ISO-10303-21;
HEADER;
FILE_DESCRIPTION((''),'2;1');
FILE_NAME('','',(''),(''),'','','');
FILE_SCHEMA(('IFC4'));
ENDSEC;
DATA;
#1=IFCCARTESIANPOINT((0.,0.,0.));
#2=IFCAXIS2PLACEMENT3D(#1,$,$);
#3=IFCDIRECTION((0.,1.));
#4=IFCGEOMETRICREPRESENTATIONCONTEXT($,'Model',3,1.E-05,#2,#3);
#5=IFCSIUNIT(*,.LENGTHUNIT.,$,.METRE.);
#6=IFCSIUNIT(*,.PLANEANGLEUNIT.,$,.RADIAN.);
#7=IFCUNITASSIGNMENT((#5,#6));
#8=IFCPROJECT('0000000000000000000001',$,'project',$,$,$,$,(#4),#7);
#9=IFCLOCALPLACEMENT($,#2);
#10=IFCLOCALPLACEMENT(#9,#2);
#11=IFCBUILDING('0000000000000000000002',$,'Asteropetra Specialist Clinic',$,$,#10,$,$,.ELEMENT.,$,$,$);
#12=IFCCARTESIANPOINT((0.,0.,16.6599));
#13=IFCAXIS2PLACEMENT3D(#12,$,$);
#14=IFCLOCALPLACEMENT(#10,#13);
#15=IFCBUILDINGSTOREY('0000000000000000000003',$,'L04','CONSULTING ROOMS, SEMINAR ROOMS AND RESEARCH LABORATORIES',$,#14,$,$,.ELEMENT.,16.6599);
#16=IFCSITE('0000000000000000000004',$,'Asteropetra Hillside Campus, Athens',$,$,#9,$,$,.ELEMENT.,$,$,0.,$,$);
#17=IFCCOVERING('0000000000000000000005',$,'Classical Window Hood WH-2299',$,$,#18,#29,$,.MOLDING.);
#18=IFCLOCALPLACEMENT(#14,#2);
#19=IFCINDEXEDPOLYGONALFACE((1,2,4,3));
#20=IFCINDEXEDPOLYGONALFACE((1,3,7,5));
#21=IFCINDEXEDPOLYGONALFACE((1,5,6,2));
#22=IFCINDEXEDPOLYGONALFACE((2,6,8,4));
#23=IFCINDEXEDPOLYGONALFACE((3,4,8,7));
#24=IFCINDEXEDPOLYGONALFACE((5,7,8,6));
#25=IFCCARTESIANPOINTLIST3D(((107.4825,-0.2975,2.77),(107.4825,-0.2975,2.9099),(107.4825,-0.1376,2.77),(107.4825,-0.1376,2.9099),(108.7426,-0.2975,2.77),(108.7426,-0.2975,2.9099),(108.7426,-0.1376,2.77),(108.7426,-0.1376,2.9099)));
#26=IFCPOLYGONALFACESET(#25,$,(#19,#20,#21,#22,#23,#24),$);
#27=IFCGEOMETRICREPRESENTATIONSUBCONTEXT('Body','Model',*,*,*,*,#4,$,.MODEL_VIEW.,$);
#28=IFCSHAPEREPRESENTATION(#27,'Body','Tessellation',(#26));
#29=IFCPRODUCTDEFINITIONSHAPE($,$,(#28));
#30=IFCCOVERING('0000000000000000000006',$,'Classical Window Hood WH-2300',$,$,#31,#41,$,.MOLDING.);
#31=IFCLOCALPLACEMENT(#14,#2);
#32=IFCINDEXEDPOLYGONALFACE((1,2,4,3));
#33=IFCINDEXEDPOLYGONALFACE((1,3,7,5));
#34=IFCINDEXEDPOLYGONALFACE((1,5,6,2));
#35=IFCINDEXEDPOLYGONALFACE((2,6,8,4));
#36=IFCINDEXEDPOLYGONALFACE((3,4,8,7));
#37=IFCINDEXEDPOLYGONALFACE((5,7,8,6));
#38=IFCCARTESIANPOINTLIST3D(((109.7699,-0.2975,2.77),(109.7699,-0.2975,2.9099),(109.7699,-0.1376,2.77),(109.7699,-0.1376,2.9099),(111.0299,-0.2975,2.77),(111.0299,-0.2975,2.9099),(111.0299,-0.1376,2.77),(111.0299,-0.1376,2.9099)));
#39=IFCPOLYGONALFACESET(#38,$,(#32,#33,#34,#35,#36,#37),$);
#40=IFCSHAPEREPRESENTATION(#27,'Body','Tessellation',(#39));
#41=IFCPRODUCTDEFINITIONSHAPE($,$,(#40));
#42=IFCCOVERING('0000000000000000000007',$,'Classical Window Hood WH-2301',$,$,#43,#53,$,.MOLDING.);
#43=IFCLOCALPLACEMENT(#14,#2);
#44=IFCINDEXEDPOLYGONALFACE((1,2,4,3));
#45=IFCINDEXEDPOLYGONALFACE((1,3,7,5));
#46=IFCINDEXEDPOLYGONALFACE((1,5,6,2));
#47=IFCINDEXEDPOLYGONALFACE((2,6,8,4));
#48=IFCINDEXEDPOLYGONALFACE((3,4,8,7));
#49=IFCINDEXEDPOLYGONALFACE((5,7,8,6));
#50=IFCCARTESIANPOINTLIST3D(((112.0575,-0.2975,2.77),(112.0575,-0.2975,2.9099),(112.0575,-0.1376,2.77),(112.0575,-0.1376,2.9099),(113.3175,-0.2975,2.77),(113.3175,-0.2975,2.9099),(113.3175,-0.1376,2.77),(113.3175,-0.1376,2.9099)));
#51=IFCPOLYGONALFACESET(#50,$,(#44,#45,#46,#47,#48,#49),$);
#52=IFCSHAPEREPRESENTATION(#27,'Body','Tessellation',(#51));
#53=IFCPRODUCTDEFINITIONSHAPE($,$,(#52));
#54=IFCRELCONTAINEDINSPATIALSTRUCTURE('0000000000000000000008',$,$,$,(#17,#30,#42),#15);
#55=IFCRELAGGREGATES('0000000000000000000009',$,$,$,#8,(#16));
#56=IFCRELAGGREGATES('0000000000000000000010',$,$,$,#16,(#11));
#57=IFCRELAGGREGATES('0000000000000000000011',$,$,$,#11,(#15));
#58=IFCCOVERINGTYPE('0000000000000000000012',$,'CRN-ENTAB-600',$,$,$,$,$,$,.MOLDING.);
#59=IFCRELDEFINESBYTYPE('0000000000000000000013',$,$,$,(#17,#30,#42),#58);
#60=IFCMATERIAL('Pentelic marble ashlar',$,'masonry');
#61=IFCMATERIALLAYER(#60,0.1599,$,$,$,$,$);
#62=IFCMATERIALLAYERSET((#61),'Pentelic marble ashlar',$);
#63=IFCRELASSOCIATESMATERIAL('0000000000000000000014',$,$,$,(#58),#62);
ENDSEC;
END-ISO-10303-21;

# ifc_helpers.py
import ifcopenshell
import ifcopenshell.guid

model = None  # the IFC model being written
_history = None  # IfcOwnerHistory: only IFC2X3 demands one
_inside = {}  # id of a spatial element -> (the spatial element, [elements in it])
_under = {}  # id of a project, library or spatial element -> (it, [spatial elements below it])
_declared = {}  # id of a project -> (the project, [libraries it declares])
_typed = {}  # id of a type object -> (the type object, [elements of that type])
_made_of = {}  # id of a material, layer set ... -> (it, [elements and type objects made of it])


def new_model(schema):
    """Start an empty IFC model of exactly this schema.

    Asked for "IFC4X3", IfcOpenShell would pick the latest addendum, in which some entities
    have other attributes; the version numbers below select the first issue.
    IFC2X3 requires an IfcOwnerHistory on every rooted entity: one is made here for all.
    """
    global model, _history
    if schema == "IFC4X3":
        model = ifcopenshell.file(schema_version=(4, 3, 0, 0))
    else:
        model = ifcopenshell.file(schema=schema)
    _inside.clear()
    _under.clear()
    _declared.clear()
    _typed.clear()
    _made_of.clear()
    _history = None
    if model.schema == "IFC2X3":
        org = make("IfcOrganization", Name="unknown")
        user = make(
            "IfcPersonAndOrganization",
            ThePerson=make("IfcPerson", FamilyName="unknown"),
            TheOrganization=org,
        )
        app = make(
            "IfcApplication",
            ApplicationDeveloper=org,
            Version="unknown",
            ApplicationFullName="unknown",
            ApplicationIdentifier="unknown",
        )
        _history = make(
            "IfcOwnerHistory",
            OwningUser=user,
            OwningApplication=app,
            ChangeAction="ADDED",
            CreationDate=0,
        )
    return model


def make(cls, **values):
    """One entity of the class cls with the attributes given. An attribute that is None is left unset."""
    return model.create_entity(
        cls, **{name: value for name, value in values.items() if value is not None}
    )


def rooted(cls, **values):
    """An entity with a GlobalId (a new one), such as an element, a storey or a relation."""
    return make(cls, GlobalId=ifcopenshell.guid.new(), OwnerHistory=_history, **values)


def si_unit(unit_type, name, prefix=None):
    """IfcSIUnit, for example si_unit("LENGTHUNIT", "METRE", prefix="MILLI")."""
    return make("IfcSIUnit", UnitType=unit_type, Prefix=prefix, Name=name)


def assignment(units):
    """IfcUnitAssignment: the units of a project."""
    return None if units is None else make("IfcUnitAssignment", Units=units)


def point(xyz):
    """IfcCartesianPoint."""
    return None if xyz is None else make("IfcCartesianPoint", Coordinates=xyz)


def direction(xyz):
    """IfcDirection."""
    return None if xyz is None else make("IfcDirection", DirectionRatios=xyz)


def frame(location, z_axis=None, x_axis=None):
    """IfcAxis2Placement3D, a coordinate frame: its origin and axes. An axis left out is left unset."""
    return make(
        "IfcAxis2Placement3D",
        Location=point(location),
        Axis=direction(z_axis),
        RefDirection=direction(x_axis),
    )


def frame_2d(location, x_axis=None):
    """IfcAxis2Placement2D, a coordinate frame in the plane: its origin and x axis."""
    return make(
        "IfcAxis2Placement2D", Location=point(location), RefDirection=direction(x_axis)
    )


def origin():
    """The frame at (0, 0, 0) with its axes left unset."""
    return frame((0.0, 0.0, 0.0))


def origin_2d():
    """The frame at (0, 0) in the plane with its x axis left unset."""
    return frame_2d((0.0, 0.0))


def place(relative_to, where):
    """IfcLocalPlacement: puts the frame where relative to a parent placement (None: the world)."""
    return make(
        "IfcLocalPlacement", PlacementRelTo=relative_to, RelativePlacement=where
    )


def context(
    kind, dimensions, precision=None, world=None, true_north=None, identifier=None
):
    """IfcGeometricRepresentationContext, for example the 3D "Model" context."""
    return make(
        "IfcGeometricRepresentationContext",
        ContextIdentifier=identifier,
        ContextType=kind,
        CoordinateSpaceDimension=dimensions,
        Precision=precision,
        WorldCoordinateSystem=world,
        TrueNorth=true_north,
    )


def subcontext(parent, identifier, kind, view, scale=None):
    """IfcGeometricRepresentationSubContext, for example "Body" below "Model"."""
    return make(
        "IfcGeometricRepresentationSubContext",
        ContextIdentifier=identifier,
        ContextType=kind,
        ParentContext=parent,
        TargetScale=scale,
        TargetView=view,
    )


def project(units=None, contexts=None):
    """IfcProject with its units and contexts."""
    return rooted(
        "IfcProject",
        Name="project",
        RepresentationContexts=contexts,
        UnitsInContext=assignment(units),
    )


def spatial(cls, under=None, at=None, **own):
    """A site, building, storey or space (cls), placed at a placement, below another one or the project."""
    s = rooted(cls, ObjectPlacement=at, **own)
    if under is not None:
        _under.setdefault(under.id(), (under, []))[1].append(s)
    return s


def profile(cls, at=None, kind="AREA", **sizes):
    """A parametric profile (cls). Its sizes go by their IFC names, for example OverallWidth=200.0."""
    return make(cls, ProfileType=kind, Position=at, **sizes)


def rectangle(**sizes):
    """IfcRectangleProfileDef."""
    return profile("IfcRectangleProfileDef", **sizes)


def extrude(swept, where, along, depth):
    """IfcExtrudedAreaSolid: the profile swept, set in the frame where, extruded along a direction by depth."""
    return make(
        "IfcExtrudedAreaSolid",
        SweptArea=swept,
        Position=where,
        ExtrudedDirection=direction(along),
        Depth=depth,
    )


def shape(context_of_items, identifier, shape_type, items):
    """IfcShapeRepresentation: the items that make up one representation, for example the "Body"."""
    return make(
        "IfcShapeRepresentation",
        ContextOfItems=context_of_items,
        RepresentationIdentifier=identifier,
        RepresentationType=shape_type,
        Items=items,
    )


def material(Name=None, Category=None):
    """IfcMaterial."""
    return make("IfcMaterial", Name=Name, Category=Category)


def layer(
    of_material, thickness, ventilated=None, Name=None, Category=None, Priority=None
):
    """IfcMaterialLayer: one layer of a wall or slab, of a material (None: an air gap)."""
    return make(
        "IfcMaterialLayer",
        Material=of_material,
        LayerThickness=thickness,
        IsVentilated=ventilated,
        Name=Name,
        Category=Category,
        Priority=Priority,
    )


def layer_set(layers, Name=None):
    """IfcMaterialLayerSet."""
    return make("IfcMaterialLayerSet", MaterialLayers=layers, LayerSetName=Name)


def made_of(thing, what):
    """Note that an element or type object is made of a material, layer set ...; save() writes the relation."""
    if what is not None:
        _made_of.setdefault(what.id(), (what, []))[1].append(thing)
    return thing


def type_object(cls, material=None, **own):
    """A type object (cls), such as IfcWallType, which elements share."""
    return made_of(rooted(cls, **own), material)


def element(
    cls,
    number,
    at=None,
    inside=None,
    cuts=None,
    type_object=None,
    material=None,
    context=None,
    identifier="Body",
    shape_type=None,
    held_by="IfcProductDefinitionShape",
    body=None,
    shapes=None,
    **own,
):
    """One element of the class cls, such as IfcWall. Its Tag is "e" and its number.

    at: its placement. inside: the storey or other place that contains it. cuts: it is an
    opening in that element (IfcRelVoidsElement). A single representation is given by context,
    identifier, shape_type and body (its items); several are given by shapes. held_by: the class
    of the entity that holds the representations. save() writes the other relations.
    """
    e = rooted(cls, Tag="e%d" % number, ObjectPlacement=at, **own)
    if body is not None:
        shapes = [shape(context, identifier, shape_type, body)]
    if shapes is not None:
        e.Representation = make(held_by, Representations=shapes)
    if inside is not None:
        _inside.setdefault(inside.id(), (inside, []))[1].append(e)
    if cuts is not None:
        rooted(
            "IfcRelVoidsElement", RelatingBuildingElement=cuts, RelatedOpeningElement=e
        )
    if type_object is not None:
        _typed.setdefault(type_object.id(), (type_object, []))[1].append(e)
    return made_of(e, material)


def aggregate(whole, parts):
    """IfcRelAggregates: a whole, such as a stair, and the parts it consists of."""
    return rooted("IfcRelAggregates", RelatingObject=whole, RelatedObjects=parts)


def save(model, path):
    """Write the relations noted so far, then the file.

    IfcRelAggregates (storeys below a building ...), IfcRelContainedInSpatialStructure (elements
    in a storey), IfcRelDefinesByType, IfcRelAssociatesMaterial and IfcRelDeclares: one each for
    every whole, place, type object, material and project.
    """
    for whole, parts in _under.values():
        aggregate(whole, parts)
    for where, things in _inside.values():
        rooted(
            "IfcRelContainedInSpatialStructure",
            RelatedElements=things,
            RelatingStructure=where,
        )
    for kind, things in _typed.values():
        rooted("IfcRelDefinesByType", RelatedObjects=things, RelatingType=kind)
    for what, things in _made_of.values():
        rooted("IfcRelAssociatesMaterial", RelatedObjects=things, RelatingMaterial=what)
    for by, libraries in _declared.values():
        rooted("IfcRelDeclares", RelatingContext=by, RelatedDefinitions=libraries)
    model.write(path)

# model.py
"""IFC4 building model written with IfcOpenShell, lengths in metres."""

from ifc_helpers import new_model, si_unit, direction, frame, origin, origin_2d, place, context, subcontext, project, spatial, rectangle, extrude, material, layer, layer_set, type_object, element, save


model = new_model("IFC4")

# Units and contexts
model_context = context("Model", 3, precision=1e-05, world=origin(), true_north=direction((0.0, 1.0)))
body_context = subcontext(model_context, "Body", "Model", "MODEL_VIEW")
ifc_project = project(units=[si_unit("LENGTHUNIT", "METRE"), si_unit("PLANEANGLEUNIT", "RADIAN")], contexts=[model_context])

# Site, building, storey
site_placement = place(None, origin())
site = spatial("IfcSite", under=ifc_project, at=site_placement, Name="Asteropetra Hillside Campus, Athens", CompositionType="ELEMENT", RefElevation=0.0)
building_placement = place(site_placement, origin())
building = spatial("IfcBuilding", under=site, at=building_placement, Name="Asteropetra Specialist Clinic", CompositionType="ELEMENT")
storey_placement = place(building_placement, frame((0.0, 0.0, 16.6599)))
storey = spatial("IfcBuildingStorey", under=building, at=storey_placement, Name="L04", Description="CONSULTING ROOMS, SEMINAR ROOMS AND RESEARCH LABORATORIES", CompositionType="ELEMENT", Elevation=16.6599)

# Coverings
ifc_material_1 = material(Name="Pentelic marble ashlar", Category="masonry")
ifc_layer_1 = layer(ifc_material_1, 0.1599)
ifc_layer_set_1 = layer_set([ifc_layer_1], Name="Pentelic marble ashlar")
covering_type_1 = type_object("IfcCoveringType", Name="CRN-ENTAB-600", PredefinedType="MOLDING", material=ifc_layer_set_1)
for number, where, z_axis, x_axis, name in (
    (1, (108.1125, -0.2175, 2.77), (0.0, 0.0, 1.0), (1.0, 0.0, 0.0), "Classical Window Hood WH-2299"),
    (2, (110.3999, -0.2175, 2.77), (0.0, 0.0, 1.0), (1.0, 0.0, 0.0), "Classical Window Hood WH-2300"),
    (3, (112.6875, -0.2175, 2.77), (0.0, 0.0, 1.0), (1.0, 0.0, 0.0), "Classical Window Hood WH-2301"),
):
    element("IfcCovering", number, at=place(storey_placement, frame(where, z_axis=z_axis, x_axis=x_axis)), inside=storey, type_object=covering_type_1, Name=name, PredefinedType="MOLDING", context=body_context, shape_type="SweptSolid", body=[
        extrude(rectangle(XDim=1.26, YDim=0.1599, at=origin_2d()), origin(), (0.0, 0.0, 1.0), 0.1399),
    ])

save(model, "model.ifc")
